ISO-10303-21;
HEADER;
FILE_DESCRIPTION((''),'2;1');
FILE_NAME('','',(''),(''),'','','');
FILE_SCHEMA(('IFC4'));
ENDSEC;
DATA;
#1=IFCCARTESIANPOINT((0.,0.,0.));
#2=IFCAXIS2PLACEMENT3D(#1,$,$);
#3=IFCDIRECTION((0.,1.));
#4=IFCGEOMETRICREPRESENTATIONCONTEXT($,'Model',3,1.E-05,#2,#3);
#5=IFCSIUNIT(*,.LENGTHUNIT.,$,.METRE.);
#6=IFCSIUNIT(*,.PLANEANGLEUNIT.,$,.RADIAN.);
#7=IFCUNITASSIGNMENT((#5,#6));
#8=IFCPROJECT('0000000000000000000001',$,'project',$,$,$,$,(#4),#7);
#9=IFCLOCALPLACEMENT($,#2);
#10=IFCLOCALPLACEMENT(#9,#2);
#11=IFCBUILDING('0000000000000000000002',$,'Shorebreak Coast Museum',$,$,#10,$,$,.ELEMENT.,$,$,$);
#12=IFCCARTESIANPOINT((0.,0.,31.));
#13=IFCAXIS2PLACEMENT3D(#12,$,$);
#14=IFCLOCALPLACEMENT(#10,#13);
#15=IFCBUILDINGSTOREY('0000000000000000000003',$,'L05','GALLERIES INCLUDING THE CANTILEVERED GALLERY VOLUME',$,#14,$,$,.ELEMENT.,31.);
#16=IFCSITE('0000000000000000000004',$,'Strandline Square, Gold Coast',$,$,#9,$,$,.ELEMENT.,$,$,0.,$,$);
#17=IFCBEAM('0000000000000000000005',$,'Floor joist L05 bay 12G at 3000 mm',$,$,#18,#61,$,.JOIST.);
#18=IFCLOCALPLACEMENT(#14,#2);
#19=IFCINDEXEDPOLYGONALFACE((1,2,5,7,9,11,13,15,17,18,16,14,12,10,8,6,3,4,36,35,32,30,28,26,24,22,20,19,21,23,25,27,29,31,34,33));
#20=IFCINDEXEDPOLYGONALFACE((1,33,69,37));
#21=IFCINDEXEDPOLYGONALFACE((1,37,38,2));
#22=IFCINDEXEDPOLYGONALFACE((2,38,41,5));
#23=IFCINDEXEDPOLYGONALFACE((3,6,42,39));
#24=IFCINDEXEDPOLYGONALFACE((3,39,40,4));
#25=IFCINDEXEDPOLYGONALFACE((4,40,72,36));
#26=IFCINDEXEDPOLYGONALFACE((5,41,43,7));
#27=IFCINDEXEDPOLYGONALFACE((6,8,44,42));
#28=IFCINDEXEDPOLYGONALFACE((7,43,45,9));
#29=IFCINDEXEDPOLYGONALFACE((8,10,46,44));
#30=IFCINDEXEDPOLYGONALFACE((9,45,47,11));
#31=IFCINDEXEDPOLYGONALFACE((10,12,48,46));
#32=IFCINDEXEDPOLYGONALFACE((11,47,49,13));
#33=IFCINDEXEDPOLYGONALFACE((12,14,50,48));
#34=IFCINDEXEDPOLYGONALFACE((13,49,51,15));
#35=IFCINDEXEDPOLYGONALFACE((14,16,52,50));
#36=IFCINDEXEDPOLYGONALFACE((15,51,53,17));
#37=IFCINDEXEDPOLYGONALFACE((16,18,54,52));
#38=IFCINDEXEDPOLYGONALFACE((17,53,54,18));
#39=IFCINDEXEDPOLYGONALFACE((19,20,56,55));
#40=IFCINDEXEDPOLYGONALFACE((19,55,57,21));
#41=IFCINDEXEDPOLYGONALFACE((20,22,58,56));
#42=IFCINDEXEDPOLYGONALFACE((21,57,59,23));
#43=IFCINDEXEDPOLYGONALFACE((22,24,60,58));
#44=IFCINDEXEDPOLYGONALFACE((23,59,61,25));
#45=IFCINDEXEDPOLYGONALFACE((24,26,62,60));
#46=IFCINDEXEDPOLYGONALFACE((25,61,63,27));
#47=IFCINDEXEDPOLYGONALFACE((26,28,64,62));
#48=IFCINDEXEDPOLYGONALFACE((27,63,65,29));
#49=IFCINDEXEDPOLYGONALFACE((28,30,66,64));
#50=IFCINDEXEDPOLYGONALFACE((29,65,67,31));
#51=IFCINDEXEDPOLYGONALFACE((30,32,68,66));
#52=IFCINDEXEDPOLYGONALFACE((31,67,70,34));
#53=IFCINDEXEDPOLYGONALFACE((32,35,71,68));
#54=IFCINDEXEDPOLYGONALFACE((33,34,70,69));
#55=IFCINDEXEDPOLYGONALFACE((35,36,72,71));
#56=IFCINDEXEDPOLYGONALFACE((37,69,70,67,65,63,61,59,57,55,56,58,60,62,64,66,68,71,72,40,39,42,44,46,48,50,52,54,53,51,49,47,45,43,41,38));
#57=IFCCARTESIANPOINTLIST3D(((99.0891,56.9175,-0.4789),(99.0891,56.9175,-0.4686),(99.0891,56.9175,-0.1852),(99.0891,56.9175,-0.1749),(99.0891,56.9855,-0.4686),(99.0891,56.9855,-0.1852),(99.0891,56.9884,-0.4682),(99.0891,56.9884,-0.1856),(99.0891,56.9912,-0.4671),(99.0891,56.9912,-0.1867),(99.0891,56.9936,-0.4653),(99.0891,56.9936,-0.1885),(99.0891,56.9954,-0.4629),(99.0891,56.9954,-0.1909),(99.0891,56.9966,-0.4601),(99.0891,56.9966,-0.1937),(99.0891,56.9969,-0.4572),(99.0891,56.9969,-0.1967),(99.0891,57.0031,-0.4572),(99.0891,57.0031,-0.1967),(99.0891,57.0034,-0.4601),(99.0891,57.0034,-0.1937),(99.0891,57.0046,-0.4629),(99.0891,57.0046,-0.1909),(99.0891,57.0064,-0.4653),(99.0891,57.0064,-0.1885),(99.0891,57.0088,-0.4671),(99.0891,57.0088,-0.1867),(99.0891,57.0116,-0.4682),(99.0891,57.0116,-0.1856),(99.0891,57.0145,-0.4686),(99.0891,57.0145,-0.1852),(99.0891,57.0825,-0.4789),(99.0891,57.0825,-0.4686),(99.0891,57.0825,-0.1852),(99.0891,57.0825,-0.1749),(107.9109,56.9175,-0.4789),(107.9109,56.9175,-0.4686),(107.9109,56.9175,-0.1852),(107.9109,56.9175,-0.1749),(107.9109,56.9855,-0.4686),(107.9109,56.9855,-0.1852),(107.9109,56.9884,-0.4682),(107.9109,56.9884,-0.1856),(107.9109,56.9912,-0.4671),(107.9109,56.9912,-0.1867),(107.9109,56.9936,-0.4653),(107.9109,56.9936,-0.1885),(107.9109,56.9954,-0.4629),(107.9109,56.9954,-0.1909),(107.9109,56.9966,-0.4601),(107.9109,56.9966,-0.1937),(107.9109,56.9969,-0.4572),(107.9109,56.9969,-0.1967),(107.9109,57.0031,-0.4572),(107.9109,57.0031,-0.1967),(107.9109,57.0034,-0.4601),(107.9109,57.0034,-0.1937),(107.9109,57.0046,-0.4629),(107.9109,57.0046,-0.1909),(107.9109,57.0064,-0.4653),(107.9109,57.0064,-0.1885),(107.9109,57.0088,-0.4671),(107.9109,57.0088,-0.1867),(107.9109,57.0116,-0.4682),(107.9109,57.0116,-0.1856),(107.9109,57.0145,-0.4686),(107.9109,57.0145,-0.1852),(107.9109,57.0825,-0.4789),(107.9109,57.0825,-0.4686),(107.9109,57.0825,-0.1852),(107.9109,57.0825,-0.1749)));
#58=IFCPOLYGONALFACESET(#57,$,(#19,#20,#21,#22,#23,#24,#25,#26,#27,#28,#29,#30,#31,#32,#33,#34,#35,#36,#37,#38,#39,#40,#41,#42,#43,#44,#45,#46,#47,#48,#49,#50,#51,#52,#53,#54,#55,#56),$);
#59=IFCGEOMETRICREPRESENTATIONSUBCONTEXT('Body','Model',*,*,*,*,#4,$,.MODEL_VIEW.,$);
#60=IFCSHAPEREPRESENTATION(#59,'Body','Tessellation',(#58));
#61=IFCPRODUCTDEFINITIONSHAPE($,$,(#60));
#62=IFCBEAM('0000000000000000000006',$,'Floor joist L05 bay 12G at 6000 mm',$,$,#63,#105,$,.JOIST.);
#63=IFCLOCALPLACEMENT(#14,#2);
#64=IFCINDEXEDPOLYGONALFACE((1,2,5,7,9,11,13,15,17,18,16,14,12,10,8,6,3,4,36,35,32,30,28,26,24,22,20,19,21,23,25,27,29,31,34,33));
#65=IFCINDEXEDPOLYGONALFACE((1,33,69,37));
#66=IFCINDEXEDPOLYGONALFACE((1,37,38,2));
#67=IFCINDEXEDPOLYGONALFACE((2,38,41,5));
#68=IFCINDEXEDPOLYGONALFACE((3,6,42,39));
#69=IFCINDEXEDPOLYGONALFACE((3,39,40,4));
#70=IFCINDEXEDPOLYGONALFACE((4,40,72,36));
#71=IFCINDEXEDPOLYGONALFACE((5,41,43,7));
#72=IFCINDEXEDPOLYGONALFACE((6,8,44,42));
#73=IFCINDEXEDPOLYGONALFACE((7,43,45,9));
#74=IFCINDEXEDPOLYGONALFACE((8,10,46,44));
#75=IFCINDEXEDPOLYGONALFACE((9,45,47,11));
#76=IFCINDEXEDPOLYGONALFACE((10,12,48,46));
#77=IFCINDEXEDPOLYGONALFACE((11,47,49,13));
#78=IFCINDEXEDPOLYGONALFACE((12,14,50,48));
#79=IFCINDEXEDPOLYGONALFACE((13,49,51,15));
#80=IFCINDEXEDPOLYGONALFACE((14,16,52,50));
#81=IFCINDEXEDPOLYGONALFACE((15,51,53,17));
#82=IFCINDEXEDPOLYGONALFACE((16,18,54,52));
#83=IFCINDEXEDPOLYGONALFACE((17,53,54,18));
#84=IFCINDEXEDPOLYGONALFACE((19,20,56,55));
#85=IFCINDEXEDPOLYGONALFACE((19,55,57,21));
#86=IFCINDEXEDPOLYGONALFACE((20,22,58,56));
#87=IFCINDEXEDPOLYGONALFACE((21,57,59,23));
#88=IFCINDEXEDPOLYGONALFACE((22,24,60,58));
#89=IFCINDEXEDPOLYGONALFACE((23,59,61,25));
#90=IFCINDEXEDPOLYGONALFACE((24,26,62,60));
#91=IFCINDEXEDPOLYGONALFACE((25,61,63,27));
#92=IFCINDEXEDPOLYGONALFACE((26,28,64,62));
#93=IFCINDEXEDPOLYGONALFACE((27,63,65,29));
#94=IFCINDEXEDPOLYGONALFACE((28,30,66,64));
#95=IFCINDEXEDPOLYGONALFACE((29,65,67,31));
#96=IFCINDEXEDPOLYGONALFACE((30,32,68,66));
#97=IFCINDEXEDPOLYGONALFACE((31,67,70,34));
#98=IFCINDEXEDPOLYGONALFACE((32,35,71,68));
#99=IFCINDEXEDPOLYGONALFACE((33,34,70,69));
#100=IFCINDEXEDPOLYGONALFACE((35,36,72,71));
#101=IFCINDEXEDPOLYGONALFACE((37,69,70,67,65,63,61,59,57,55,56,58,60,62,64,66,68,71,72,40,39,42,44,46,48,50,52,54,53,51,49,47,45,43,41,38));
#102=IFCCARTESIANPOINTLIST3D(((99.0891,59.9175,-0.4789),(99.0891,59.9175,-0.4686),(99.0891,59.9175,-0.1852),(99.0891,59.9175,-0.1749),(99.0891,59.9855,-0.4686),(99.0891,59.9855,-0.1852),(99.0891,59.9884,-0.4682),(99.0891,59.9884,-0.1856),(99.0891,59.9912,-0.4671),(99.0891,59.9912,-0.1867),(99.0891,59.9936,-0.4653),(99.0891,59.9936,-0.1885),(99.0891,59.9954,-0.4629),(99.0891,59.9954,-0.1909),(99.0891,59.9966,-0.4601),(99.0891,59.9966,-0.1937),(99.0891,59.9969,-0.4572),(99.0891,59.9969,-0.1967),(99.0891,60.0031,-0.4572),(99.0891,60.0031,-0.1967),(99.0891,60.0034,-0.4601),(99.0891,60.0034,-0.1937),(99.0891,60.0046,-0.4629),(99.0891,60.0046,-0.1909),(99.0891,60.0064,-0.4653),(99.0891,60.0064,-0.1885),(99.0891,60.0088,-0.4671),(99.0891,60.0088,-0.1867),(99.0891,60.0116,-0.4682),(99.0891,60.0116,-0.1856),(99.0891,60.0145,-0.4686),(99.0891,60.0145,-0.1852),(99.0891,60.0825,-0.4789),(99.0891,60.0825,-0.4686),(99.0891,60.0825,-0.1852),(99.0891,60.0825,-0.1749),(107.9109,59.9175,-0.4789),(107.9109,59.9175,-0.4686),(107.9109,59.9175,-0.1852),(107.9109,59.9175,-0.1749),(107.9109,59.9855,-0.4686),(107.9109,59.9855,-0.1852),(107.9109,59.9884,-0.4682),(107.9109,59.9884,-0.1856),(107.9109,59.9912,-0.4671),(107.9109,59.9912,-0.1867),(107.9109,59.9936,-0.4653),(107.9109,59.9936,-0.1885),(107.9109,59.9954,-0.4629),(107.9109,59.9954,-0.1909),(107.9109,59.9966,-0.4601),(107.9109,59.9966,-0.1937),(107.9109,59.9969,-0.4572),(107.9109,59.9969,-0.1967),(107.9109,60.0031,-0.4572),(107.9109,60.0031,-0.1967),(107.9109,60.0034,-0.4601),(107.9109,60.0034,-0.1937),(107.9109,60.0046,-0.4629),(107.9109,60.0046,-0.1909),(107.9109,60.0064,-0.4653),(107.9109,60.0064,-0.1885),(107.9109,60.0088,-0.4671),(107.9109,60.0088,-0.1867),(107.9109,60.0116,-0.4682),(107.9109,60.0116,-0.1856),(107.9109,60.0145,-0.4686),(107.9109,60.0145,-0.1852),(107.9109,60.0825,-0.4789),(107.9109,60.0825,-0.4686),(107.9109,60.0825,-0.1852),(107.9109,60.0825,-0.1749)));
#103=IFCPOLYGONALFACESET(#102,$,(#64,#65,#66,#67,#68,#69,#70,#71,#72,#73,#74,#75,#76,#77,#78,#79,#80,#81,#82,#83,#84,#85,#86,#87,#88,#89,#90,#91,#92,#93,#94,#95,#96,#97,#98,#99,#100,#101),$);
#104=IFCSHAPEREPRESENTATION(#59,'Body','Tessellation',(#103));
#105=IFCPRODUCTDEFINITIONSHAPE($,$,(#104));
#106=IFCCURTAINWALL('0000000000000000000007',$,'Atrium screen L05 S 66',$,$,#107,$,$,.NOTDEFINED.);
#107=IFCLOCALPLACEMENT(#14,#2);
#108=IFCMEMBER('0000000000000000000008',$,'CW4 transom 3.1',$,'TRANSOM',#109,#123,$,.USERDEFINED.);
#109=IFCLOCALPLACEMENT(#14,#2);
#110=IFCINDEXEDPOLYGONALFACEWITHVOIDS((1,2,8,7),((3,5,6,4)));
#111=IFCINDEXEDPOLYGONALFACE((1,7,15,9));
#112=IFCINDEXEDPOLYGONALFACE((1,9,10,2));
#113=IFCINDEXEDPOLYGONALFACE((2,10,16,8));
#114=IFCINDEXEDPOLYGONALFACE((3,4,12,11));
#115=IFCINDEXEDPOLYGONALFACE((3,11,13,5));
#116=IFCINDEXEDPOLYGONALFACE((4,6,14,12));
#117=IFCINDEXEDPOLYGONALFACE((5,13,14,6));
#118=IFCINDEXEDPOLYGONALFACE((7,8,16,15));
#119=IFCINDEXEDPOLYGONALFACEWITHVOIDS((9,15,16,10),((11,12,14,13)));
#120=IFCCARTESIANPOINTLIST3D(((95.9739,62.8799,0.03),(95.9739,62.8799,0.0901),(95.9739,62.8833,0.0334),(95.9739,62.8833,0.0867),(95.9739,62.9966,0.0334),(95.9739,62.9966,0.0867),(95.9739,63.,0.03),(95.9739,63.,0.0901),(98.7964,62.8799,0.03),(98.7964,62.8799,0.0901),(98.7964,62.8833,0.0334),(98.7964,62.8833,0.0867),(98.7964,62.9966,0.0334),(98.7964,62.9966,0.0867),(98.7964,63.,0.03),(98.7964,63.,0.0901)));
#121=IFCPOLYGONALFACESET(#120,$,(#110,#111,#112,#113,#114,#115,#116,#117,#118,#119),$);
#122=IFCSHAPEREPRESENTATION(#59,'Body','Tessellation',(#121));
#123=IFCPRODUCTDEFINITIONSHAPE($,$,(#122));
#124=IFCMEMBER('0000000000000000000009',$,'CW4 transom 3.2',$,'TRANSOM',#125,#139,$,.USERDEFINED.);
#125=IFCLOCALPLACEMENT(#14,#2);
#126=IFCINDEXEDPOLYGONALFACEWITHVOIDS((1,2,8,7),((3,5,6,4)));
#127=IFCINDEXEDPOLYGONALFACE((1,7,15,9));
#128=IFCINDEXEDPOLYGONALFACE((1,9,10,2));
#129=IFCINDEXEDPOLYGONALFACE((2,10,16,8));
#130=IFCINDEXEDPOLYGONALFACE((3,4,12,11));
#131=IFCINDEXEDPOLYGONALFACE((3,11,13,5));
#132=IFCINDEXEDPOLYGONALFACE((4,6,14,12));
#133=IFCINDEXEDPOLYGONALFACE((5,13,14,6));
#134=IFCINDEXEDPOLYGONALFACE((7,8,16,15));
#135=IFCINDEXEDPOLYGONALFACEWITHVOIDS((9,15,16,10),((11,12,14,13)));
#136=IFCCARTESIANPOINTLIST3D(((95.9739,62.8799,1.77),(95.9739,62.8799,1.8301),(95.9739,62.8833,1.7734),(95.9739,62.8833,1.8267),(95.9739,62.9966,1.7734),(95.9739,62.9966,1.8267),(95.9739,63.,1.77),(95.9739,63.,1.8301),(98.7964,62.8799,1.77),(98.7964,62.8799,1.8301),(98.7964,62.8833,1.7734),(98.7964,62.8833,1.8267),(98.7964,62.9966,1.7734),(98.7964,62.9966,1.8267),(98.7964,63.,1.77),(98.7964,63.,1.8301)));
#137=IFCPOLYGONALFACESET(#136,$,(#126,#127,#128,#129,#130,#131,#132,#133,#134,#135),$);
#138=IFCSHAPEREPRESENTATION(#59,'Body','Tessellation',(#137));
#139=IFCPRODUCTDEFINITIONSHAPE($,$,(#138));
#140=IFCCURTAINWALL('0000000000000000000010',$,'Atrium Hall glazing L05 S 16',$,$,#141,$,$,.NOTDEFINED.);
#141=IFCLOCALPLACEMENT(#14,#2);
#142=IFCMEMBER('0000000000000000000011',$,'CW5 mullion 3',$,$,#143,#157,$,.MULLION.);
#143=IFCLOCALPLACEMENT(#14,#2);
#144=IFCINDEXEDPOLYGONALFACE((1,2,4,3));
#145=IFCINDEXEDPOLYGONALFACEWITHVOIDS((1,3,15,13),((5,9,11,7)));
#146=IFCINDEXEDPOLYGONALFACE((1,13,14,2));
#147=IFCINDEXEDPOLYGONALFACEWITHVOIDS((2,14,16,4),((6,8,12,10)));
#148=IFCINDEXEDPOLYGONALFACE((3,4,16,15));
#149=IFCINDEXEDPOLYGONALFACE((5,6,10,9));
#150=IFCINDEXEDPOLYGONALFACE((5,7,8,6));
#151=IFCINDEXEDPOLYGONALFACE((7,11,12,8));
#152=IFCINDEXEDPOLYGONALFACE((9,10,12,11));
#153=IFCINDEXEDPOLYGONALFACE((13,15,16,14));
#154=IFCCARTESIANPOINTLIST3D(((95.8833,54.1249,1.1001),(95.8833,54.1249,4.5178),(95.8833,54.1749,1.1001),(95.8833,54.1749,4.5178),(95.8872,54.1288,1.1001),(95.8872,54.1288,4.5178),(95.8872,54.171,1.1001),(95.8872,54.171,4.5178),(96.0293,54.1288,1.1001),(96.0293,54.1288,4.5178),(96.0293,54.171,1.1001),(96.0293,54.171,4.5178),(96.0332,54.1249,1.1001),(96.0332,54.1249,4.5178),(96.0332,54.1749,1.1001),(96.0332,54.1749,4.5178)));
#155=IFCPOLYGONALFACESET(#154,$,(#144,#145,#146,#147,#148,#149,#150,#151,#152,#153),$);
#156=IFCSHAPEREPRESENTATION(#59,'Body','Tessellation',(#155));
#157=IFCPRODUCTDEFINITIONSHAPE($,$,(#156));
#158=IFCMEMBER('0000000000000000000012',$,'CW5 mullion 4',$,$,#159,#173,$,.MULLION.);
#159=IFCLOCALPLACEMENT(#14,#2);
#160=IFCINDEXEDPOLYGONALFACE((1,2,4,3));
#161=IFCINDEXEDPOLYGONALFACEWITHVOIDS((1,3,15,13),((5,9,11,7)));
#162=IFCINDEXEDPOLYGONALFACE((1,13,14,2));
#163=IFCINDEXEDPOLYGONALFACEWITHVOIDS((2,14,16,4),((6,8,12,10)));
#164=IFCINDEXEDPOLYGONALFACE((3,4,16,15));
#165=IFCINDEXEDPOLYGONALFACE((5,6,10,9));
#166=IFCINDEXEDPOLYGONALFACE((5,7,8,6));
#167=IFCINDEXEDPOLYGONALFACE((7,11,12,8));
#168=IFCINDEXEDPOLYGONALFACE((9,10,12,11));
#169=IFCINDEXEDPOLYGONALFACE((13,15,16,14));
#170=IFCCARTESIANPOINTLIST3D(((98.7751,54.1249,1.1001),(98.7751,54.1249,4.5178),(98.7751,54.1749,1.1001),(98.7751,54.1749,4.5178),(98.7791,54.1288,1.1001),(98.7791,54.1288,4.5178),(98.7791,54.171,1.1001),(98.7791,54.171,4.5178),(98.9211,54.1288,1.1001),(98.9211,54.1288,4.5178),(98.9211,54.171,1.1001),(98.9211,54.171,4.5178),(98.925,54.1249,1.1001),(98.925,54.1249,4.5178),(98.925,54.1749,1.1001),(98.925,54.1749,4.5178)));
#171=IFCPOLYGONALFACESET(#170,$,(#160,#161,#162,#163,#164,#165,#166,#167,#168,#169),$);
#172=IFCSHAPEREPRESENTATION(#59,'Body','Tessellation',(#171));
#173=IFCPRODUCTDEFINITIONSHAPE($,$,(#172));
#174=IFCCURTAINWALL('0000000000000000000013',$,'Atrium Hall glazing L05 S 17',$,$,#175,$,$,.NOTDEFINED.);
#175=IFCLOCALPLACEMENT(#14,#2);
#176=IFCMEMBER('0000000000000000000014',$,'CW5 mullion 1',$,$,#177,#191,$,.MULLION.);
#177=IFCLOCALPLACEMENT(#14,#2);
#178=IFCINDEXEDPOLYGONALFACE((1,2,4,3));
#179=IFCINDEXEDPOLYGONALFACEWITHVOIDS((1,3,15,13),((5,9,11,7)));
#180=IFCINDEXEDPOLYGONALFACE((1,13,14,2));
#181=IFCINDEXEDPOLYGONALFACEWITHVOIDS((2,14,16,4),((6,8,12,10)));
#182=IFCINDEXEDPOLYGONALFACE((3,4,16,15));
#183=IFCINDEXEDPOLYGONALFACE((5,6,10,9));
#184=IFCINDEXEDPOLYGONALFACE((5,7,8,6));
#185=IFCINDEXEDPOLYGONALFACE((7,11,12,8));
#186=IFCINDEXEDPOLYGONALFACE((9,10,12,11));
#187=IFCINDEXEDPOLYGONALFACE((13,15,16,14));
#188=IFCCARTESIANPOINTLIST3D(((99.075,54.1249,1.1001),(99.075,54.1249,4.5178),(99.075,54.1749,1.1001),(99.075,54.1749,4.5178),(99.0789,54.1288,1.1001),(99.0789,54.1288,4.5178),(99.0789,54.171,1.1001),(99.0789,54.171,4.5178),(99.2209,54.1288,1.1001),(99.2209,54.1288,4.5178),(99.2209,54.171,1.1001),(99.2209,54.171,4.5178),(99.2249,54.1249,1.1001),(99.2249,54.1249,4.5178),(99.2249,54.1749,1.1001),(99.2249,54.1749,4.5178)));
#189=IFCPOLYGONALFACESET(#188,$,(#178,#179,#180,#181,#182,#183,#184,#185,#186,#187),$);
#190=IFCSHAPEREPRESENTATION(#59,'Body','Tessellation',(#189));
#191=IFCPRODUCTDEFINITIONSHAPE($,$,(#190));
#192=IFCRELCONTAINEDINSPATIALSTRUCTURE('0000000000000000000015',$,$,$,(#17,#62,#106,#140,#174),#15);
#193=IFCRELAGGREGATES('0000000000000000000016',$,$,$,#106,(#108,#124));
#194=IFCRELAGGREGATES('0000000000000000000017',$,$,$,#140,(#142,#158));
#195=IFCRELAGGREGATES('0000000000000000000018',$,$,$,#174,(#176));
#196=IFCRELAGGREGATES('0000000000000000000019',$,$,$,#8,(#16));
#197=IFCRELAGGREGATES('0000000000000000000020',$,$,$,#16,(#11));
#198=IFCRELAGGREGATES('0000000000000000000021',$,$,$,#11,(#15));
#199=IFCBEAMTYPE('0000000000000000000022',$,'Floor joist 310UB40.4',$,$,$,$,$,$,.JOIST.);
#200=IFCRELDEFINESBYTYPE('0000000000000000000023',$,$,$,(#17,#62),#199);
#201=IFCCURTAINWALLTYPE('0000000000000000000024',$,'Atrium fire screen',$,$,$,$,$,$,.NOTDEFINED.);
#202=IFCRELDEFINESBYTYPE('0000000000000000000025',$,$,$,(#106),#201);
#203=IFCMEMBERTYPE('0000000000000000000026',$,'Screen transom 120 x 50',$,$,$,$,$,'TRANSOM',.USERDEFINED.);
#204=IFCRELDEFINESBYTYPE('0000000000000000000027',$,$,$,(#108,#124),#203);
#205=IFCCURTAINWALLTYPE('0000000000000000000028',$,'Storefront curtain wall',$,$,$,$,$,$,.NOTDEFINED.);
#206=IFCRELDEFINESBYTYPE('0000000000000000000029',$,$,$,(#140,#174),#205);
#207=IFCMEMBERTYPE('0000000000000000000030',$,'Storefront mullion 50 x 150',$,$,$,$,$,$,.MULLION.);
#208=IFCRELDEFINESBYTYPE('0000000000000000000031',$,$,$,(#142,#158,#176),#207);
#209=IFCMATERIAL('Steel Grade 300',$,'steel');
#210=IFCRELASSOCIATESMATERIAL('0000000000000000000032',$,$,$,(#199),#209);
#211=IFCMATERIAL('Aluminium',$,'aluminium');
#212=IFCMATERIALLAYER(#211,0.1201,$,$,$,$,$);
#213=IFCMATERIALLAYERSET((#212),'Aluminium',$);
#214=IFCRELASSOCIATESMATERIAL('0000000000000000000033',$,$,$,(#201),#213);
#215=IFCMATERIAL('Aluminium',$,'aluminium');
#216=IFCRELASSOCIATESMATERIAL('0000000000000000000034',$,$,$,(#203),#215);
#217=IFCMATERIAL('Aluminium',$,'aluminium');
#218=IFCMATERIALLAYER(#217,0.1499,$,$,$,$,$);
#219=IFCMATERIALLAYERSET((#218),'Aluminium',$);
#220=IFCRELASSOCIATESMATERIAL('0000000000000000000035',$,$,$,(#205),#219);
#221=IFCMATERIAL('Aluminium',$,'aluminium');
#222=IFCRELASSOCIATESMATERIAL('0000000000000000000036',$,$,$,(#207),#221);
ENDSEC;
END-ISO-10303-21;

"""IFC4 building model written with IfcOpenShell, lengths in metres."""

from ifc_helpers import new_model, si_unit, direction, frame, origin, origin_2d, place, context, subcontext, project, spatial, hollow_rectangle, i_section, extrude, material, layer, layer_set, material_profile, profile_set, type_object, element, aggregate, save


model = new_model("IFC4")

# Units and contexts
model_context = context("Model", 3, precision=1e-05, world=origin(), true_north=direction((0.0, 1.0)))
body_context = subcontext(model_context, "Body", "Model", "MODEL_VIEW")
ifc_project = project(units=[si_unit("LENGTHUNIT", "METRE"), si_unit("PLANEANGLEUNIT", "RADIAN")], contexts=[model_context])

# Site, building, storey
site_placement = place(None, origin())
site = spatial("IfcSite", under=ifc_project, at=site_placement, Name="Strandline Square, Gold Coast", CompositionType="ELEMENT", RefElevation=0.0)
building_placement = place(site_placement, origin())
building = spatial("IfcBuilding", under=site, at=building_placement, Name="Shorebreak Coast Museum", CompositionType="ELEMENT")
storey_placement = place(building_placement, frame((0.0, 0.0, 31.0)))
storey = spatial("IfcBuildingStorey", under=building, at=storey_placement, Name="L05", Description="GALLERIES INCLUDING THE CANTILEVERED GALLERY VOLUME", CompositionType="ELEMENT", Elevation=31.0)

# Beams
ifc_material_1 = material(Name="Steel Grade 300", Category="steel")
ifc_material_profile_1 = material_profile(ifc_material_1, i_section(OverallWidth=0.165, OverallDepth=0.304, WebThickness=0.0061, FlangeThickness=0.0103, FilletRadius=0.0115, at=origin_2d()), Name="310UB40.4")
ifc_profile_set_1 = profile_set([ifc_material_profile_1], Name="Steel Grade 300")
beam_type_1 = type_object("IfcBeamType", Name="Floor joist 310UB40.4", PredefinedType="JOIST", material=ifc_profile_set_1)
for number, where, z_axis, x_axis, name in (
    (1, (99.0891, 57.0, -0.3269), (1.0, 0.0, 0.0), (0.0, 1.0, 0.0), "Floor joist L05 bay 12G at 3000 mm"),
    (2, (99.0891, 60.0, -0.3269), (1.0, 0.0, 0.0), (0.0, 1.0, 0.0), "Floor joist L05 bay 12G at 6000 mm"),
):
    element("IfcBeam", number, at=place(storey_placement, frame(where, z_axis=z_axis, x_axis=x_axis)), inside=storey, type_object=beam_type_1, Name=name, PredefinedType="JOIST", context=body_context, shape_type="SweptSolid", body=[
        extrude(i_section(OverallWidth=0.165, OverallDepth=0.304, WebThickness=0.0061, FlangeThickness=0.0103, FilletRadius=0.0115, at=origin_2d()), origin(), (0.0, 0.0, 1.0), 8.8218),
    ])

# Curtain walls, members
ifc_material_2 = material(Name="Aluminium", Category="aluminium")
ifc_layer_1 = layer(ifc_material_2, 0.1201)
ifc_layer_set_1 = layer_set([ifc_layer_1], Name="Aluminium")
curtain_wall_type_1 = type_object("IfcCurtainWallType", Name="Atrium fire screen", PredefinedType="NOTDEFINED", material=ifc_layer_set_1)
curtain_wall_1_placement = place(storey_placement, origin())
curtain_wall_1 = element("IfcCurtainWall", 3, at=curtain_wall_1_placement, inside=storey, type_object=curtain_wall_type_1, Name="Atrium screen L05 S 66", PredefinedType="NOTDEFINED")
ifc_material_3 = material(Name="Aluminium", Category="aluminium")
ifc_material_profile_2 = material_profile(ifc_material_3, hollow_rectangle(XDim=0.1201, YDim=0.0601, WallThickness=0.0034, at=origin_2d()), Name="AL 60x120 RHS")
ifc_profile_set_2 = profile_set([ifc_material_profile_2], Name="Aluminium")
member_type_1 = type_object("IfcMemberType", Name="Screen transom 120 x 50", ElementType="TRANSOM", PredefinedType="USERDEFINED", material=ifc_profile_set_2)
member_1_placement = place(storey_placement, frame((95.9739, 62.9399, 0.0601), z_axis=(1.0, 0.0, 0.0), x_axis=(0.0, 1.0, 0.0)))
member_1 = element("IfcMember", 4, at=member_1_placement, type_object=member_type_1, Name="CW4 transom 3.1", ObjectType="TRANSOM", PredefinedType="USERDEFINED", context=body_context, shape_type="SweptSolid", body=[
    extrude(hollow_rectangle(XDim=0.1201, YDim=0.0601, WallThickness=0.0034, at=origin_2d()), origin(), (0.0, 0.0, 1.0), 2.8225),
])
member_2_placement = place(storey_placement, frame((95.9739, 62.9399, 1.8), z_axis=(1.0, 0.0, 0.0), x_axis=(0.0, 1.0, 0.0)))
member_2 = element("IfcMember", 5, at=member_2_placement, type_object=member_type_1, Name="CW4 transom 3.2", ObjectType="TRANSOM", PredefinedType="USERDEFINED", context=body_context, shape_type="SweptSolid", body=[
    extrude(hollow_rectangle(XDim=0.1201, YDim=0.0601, WallThickness=0.0034, at=origin_2d()), origin(), (0.0, 0.0, 1.0), 2.8225),
])
aggregate(curtain_wall_1, [member_1, member_2])
ifc_material_4 = material(Name="Aluminium", Category="aluminium")
ifc_layer_2 = layer(ifc_material_4, 0.1499)
ifc_layer_set_2 = layer_set([ifc_layer_2], Name="Aluminium")
curtain_wall_type_2 = type_object("IfcCurtainWallType", Name="Storefront curtain wall", PredefinedType="NOTDEFINED", material=ifc_layer_set_2)
curtain_wall_2_placement = place(storey_placement, origin())
curtain_wall_2 = element("IfcCurtainWall", 6, at=curtain_wall_2_placement, inside=storey, type_object=curtain_wall_type_2, Name="Atrium Hall glazing L05 S 16", PredefinedType="NOTDEFINED")
ifc_material_5 = material(Name="Aluminium", Category="aluminium")
ifc_material_profile_3 = material_profile(ifc_material_5, hollow_rectangle(XDim=0.05, YDim=0.1499, WallThickness=0.0039, at=origin_2d()), Name="AL 150x50 RHS")
ifc_profile_set_3 = profile_set([ifc_material_profile_3], Name="Aluminium")
member_type_2 = type_object("IfcMemberType", Name="Storefront mullion 50 x 150", PredefinedType="MULLION", material=ifc_profile_set_3)
member_3_placement = place(storey_placement, frame((95.9583, 54.1499, 1.1001), z_axis=(0.0, 0.0, 1.0), x_axis=(0.0, 1.0, 0.0)))
member_3 = element("IfcMember", 7, at=member_3_placement, type_object=member_type_2, Name="CW5 mullion 3", PredefinedType="MULLION", context=body_context, shape_type="SweptSolid", body=[
    extrude(hollow_rectangle(XDim=0.05, YDim=0.1499, WallThickness=0.0039, at=origin_2d()), origin(), (0.0, 0.0, 1.0), 3.4177),
])
member_4_placement = place(storey_placement, frame((98.8501, 54.1499, 1.1001), z_axis=(0.0, 0.0, 1.0), x_axis=(0.0, 1.0, 0.0)))
member_4 = element("IfcMember", 8, at=member_4_placement, type_object=member_type_2, Name="CW5 mullion 4", PredefinedType="MULLION", context=body_context, shape_type="SweptSolid", body=[
    extrude(hollow_rectangle(XDim=0.05, YDim=0.1499, WallThickness=0.0039, at=origin_2d()), origin(), (0.0, 0.0, 1.0), 3.4177),
])
curtain_wall_3_placement = place(storey_placement, origin())
curtain_wall_3 = element("IfcCurtainWall", 9, at=curtain_wall_3_placement, inside=storey, type_object=curtain_wall_type_2, Name="Atrium Hall glazing L05 S 17", PredefinedType="NOTDEFINED")
member_5_placement = place(storey_placement, frame((99.1499, 54.1499, 1.1001), z_axis=(0.0, 0.0, 1.0), x_axis=(0.0, 1.0, 0.0)))
member_5 = element("IfcMember", 10, at=member_5_placement, type_object=member_type_2, Name="CW5 mullion 1", PredefinedType="MULLION", context=body_context, shape_type="SweptSolid", body=[
    extrude(hollow_rectangle(XDim=0.05, YDim=0.1499, WallThickness=0.0039, at=origin_2d()), origin(), (0.0, 0.0, 1.0), 3.4177),
])

aggregate(curtain_wall_2, [member_3, member_4])
aggregate(curtain_wall_3, [member_5])

save(model, "model.ifc")
